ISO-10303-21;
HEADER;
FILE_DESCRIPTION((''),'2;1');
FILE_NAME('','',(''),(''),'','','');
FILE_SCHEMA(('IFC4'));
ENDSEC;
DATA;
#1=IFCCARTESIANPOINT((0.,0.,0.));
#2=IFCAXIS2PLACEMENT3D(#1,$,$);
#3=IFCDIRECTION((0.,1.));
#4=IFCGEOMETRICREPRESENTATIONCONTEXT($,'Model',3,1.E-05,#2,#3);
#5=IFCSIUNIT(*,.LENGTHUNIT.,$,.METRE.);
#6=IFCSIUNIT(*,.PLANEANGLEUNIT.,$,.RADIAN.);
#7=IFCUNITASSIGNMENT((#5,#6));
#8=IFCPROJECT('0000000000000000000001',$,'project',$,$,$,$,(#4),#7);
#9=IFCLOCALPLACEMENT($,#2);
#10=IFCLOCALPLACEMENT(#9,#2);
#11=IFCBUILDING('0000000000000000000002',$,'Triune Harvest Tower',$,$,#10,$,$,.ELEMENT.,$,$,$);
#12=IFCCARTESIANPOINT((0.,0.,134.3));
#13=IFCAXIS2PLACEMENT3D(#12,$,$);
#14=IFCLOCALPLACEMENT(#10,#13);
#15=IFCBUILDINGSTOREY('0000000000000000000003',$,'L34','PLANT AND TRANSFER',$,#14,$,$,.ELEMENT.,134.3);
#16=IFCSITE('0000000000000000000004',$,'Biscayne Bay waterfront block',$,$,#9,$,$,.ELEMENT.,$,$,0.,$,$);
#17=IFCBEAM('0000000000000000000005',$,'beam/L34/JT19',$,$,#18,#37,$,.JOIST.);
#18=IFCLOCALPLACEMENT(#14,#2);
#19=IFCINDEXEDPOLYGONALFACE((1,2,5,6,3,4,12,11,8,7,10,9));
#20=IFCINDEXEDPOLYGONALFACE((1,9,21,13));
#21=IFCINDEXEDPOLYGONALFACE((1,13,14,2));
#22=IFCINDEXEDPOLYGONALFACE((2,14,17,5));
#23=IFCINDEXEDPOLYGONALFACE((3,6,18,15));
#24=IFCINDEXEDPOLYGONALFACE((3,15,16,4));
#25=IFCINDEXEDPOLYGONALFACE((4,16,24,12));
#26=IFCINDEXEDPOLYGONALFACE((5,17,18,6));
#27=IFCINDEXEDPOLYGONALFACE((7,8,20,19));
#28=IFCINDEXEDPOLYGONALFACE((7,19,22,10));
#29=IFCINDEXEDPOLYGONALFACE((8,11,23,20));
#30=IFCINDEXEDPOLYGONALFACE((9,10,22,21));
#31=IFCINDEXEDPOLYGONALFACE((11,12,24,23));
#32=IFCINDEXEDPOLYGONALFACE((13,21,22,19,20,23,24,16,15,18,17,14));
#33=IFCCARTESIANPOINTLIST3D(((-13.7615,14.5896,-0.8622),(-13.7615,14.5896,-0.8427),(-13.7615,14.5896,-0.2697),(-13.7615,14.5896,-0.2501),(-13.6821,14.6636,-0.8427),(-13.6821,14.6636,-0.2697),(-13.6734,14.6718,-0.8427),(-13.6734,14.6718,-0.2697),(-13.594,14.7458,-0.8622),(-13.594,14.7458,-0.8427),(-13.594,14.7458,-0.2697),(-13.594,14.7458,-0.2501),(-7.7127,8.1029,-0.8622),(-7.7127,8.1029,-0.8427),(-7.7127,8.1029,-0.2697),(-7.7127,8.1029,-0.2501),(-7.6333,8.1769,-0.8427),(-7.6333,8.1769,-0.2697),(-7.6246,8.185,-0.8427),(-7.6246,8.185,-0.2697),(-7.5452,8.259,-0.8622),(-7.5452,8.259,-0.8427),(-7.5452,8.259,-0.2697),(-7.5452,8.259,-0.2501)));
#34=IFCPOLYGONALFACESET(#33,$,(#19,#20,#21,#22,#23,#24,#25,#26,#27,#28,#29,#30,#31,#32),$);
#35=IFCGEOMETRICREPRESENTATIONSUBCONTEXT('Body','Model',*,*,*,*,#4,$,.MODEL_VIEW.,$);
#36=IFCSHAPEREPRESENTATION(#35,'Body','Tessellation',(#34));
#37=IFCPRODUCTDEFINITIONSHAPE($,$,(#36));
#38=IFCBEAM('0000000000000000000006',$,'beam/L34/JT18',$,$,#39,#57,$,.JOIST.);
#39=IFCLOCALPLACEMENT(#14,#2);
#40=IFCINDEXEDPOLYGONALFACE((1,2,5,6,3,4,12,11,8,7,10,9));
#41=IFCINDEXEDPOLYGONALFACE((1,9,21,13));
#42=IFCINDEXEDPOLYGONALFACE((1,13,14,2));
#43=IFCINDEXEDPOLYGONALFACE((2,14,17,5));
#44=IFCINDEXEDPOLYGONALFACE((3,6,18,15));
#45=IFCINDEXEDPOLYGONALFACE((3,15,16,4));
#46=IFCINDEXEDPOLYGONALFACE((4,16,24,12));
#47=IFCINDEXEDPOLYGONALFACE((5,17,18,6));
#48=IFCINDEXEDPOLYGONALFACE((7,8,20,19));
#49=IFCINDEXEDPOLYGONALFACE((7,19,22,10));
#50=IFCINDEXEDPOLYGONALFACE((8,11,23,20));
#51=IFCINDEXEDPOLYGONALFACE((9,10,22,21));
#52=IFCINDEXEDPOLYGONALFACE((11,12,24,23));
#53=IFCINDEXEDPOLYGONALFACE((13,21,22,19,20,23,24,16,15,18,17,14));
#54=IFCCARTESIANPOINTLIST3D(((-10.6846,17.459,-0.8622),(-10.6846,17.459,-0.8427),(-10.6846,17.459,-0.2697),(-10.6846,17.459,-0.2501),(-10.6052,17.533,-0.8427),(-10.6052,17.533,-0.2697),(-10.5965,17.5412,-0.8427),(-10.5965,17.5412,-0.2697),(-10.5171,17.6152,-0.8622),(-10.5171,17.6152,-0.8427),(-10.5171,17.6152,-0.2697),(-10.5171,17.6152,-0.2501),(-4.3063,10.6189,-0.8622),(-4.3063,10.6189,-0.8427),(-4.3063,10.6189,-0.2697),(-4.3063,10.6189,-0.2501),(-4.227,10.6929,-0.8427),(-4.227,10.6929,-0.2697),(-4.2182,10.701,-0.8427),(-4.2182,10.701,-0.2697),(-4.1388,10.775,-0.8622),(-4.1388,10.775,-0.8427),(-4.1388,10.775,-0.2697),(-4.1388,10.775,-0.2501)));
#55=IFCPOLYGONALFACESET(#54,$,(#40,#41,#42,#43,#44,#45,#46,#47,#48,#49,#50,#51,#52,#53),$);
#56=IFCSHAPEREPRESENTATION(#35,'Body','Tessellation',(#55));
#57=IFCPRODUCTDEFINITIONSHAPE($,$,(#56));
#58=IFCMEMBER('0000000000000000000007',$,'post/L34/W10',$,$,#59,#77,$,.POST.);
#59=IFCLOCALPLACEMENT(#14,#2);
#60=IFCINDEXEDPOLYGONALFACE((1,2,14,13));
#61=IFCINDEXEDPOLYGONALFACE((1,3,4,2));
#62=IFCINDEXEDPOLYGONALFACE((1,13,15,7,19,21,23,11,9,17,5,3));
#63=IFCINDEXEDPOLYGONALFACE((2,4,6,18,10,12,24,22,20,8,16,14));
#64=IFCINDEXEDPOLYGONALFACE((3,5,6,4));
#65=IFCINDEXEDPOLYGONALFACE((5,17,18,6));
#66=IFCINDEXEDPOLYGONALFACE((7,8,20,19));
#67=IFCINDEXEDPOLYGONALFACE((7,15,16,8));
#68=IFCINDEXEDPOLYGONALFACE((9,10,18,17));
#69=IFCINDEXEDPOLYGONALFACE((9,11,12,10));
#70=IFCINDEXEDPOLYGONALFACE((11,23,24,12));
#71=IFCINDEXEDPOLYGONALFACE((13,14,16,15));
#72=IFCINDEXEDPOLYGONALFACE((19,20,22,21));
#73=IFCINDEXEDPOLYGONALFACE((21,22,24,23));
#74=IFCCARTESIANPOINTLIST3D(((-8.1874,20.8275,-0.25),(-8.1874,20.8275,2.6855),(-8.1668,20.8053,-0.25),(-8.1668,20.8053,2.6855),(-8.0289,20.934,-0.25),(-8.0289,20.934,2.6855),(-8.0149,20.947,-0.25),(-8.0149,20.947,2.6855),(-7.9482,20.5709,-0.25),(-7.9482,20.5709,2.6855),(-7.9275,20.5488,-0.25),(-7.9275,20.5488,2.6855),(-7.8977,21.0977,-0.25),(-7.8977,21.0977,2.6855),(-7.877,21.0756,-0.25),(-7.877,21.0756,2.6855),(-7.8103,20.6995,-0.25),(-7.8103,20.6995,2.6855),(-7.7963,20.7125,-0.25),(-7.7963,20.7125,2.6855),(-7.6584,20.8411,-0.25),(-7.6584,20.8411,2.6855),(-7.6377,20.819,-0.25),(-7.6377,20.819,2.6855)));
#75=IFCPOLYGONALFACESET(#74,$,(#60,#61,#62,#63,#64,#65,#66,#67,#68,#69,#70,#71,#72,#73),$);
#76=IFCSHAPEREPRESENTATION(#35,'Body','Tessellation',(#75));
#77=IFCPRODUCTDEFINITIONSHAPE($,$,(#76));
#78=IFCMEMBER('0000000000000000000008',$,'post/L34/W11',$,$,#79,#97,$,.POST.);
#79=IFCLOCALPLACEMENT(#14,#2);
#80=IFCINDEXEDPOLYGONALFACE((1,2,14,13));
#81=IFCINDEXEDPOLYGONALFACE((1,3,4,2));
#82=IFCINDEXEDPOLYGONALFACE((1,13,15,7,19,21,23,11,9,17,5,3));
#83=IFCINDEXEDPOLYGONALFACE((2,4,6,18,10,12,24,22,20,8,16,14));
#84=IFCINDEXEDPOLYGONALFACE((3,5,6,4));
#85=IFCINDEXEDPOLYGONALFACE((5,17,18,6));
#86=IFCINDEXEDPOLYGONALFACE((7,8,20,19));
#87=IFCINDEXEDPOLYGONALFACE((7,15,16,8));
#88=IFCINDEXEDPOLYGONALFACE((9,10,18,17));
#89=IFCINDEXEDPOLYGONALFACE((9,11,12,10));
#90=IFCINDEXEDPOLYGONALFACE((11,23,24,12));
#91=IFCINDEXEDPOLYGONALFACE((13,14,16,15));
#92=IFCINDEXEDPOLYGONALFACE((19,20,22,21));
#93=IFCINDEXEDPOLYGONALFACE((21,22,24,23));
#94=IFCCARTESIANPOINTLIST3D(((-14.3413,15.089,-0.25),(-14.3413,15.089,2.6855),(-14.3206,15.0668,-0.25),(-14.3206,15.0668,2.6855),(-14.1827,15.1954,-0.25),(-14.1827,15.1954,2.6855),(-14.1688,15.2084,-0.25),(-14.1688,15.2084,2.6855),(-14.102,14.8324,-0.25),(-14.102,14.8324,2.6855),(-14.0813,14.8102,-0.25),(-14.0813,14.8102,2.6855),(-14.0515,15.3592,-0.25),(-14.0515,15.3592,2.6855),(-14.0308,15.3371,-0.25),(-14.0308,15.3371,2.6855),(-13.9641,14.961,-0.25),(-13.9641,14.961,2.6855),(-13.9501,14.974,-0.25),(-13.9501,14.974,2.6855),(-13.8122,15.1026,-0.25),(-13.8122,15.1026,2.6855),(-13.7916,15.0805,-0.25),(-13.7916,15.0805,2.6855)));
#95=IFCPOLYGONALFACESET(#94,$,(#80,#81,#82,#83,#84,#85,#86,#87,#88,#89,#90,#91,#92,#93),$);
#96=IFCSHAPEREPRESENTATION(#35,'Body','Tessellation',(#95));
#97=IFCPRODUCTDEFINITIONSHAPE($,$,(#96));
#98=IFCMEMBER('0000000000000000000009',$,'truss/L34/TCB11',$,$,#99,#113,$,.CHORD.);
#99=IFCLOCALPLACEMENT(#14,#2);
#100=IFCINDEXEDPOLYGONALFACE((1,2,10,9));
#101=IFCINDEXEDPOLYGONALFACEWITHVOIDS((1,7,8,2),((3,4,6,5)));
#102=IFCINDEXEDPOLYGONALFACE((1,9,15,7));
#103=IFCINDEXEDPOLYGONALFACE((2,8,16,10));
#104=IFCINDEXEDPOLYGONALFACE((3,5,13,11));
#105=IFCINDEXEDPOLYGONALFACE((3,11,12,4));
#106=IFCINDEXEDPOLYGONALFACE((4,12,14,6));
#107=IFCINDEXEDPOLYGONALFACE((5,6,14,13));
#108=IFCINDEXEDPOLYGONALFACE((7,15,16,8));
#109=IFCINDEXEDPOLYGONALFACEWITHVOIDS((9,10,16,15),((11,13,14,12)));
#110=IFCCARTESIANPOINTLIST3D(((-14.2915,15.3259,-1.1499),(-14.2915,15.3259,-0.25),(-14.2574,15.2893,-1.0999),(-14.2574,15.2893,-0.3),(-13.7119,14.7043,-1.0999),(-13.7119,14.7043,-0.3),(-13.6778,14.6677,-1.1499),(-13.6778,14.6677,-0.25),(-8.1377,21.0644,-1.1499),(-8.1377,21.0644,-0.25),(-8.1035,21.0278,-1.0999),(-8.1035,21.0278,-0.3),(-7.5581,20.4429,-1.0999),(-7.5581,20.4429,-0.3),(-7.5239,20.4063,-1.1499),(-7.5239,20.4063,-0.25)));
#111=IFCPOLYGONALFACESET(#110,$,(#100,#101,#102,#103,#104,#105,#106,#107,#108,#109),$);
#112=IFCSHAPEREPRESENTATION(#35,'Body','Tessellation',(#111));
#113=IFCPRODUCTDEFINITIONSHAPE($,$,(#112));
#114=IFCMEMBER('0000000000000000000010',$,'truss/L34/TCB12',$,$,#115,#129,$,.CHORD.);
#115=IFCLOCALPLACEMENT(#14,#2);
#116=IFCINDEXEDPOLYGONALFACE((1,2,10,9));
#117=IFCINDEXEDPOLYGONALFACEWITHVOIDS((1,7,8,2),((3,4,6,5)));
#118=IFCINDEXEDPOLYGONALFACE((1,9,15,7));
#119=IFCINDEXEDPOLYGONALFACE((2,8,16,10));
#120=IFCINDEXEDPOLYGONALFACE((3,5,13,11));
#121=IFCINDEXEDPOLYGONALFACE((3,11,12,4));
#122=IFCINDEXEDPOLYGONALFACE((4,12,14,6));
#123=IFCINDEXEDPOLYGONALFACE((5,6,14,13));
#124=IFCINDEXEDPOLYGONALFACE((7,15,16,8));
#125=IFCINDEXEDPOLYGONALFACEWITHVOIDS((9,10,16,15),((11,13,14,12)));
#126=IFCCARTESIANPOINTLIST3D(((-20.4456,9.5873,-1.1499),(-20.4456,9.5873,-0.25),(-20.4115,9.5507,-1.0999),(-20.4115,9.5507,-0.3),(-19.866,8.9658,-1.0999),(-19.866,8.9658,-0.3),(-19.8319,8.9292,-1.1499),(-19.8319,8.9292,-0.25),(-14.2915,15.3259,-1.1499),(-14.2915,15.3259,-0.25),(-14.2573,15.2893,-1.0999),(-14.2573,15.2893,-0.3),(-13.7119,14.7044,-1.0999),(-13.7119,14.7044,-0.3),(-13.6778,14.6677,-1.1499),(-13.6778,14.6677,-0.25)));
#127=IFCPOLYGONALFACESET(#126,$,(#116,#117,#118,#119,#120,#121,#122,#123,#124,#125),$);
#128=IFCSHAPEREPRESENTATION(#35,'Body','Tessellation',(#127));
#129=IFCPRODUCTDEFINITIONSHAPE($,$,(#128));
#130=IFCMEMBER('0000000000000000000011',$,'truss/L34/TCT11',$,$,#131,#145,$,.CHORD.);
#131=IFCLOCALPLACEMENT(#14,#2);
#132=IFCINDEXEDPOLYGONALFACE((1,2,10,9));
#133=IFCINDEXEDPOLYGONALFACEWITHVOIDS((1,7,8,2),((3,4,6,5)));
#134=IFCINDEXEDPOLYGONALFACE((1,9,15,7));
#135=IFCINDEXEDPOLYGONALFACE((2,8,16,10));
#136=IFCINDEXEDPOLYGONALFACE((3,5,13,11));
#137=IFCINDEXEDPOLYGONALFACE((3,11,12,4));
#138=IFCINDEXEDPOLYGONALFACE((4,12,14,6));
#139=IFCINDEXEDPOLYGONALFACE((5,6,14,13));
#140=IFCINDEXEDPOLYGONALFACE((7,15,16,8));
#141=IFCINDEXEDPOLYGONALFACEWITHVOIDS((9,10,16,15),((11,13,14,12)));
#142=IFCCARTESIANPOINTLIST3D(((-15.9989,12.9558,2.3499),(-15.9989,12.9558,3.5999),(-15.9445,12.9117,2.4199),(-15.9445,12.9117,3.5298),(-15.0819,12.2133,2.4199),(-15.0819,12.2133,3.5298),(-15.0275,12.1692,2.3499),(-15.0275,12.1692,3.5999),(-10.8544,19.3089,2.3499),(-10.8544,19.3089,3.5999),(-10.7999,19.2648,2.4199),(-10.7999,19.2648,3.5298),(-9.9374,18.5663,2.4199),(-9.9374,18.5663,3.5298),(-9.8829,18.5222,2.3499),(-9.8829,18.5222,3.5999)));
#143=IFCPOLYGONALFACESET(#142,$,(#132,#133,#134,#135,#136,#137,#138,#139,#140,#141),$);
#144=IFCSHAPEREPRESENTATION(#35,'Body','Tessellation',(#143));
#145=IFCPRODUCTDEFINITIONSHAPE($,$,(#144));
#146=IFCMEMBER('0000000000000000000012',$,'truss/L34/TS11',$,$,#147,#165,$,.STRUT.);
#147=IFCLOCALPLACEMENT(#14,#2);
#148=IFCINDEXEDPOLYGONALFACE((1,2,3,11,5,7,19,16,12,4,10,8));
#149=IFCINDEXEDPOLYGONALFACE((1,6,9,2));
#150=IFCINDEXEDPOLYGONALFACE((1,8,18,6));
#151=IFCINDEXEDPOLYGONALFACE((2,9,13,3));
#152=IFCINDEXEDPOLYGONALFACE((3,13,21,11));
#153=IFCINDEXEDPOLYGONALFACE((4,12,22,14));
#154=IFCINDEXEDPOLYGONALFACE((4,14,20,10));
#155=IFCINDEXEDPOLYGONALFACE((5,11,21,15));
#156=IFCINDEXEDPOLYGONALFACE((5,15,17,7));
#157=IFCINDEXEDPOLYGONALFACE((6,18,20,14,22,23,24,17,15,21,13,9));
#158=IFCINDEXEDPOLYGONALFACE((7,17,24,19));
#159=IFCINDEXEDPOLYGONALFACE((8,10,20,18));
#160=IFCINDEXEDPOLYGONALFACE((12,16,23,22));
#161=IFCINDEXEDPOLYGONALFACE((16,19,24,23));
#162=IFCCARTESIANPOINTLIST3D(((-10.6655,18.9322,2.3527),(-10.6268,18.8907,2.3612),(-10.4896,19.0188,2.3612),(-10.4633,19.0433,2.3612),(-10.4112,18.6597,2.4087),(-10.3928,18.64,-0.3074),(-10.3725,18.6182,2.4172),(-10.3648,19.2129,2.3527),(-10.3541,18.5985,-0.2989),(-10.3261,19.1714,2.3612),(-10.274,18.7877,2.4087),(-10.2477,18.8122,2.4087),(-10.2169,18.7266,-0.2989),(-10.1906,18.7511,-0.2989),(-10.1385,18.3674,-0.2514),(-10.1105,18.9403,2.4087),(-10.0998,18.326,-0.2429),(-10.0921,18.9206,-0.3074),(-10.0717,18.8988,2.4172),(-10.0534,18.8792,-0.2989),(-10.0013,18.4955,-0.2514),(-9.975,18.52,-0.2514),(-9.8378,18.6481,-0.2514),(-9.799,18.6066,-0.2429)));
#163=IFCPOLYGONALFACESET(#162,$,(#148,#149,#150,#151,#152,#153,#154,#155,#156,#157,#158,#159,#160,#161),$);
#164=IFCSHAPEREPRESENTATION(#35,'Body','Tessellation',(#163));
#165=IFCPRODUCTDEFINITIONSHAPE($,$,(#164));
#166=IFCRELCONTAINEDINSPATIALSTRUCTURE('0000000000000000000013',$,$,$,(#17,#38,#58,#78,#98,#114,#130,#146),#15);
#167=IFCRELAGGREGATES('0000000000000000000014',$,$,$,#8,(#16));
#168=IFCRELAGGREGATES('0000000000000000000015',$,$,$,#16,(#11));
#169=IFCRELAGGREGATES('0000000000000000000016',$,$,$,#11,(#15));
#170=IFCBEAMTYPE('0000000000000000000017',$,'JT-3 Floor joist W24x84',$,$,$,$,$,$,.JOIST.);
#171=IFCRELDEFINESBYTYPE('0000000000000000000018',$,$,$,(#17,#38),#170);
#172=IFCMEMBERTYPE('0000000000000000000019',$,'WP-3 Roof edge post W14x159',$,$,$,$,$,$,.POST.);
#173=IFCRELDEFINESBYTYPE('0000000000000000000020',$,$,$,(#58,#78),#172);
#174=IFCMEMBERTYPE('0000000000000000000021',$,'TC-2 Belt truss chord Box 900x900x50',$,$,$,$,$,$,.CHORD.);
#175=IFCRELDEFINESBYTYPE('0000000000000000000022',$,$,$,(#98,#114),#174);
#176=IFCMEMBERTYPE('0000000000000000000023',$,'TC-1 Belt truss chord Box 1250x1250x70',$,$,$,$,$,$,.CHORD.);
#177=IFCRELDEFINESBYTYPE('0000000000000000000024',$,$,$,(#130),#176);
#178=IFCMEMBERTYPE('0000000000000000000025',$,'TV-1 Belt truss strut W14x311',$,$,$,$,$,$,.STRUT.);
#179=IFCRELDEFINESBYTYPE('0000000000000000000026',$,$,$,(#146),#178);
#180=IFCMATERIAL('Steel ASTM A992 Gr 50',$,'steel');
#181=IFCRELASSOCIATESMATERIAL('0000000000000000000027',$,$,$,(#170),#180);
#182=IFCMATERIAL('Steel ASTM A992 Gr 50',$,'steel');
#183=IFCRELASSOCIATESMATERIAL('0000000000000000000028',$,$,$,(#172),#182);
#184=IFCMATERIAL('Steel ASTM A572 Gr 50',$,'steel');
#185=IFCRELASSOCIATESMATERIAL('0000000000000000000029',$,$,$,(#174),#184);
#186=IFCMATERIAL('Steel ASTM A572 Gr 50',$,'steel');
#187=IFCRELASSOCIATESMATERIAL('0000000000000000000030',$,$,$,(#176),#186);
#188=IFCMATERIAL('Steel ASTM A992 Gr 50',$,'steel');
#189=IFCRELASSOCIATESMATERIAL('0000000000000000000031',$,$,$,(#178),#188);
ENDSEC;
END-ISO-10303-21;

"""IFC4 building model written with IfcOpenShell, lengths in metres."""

from ifc_helpers import new_model, si_unit, direction, frame, origin, origin_2d, place, context, subcontext, project, spatial, hollow_rectangle, i_section, extrude, source, transform, mapped, material, material_profile, profile_set, type_object, element, save


model = new_model("IFC4")

# Units and contexts
model_context = context("Model", 3, precision=1e-05, world=origin(), true_north=direction((0.0, 1.0)))
body_context = subcontext(model_context, "Body", "Model", "MODEL_VIEW")
ifc_project = project(units=[si_unit("LENGTHUNIT", "METRE"), si_unit("PLANEANGLEUNIT", "RADIAN")], contexts=[model_context])

# Site, building, storey
site_placement = place(None, origin())
site = spatial("IfcSite", under=ifc_project, at=site_placement, Name="Biscayne Bay waterfront block", CompositionType="ELEMENT", RefElevation=0.0)
building_placement = place(site_placement, origin())
building = spatial("IfcBuilding", under=site, at=building_placement, Name="Triune Harvest Tower", CompositionType="ELEMENT")
storey_placement = place(building_placement, frame((0.0, 0.0, 134.3)))
storey = spatial("IfcBuildingStorey", under=building, at=storey_placement, Name="L34", Description="PLANT AND TRANSFER", CompositionType="ELEMENT", Elevation=134.3)

# Beams
ifc_material_1 = material(Name="Steel ASTM A992 Gr 50", Category="steel")
ifc_material_profile_1 = material_profile(ifc_material_1, i_section(OverallWidth=0.229, OverallDepth=0.6121, WebThickness=0.012, FlangeThickness=0.0195, at=origin_2d()), Name="W24x84")
ifc_profile_set_1 = profile_set([ifc_material_profile_1], Name="Steel ASTM A992 Gr 50")
beam_type = type_object("IfcBeamType", Name="JT-3 Floor joist W24x84", PredefinedType="JOIST", material=ifc_profile_set_1)
beam_1_placement = place(storey_placement, frame((-13.6777, 14.6677, -0.5562), z_axis=(0.681985, -0.731366, 0.0), x_axis=(0.731366, 0.681985, 0.0)))
element("IfcBeam", 1, at=beam_1_placement, inside=storey, type_object=beam_type, Name="beam/L34/JT19", PredefinedType="JOIST", context=body_context, shape_type="SweptSolid", body=[
    extrude(i_section(OverallWidth=0.229, OverallDepth=0.6121, WebThickness=0.012, FlangeThickness=0.0195, at=origin_2d()), origin(), (0.0, 0.0, 1.0), 8.8694),
])
shared_shape_1 = source(origin(), body_context, "Body", "SweptSolid", [
    extrude(i_section(OverallWidth=0.229, OverallDepth=0.6121, WebThickness=0.012, FlangeThickness=0.0195, at=origin_2d()), origin(), (0.0, 0.0, 1.0), 9.3525),
])
beam_2_placement = place(storey_placement, frame((-10.6008, 17.5371, -0.5562), z_axis=(0.681981, -0.73137, 0.0), x_axis=(0.73137, 0.681981, 0.0)))
element("IfcBeam", 2, at=beam_2_placement, inside=storey, type_object=beam_type, Name="beam/L34/JT18", PredefinedType="JOIST", context=body_context, shape_type="MappedRepresentation", body=[
    mapped(shared_shape_1, transform((0.0, 0.0, 0.0), scale=1.0)),
])

# Members
ifc_material_2 = material(Name="Steel ASTM A992 Gr 50", Category="steel")
ifc_material_profile_2 = material_profile(ifc_material_2, i_section(OverallWidth=0.3962, OverallDepth=0.3811, WebThickness=0.019, FlangeThickness=0.0303, at=origin_2d()), Name="W14x159")
ifc_profile_set_2 = profile_set([ifc_material_profile_2], Name="Steel ASTM A992 Gr 50")
member_type_1 = type_object("IfcMemberType", Name="WP-3 Roof edge post W14x159", PredefinedType="POST", material=ifc_profile_set_2)
shared_shape_2 = source(origin(), body_context, "Body", "SweptSolid", [
    extrude(i_section(OverallWidth=0.3962, OverallDepth=0.3811, WebThickness=0.019, FlangeThickness=0.0303, at=origin_2d()), origin(), (0.0, 0.0, 1.0), 2.9355),
])
for number, where, z_axis, x_axis, name in (
    (3, (-7.9126, 20.8232, -0.25), (0.0, 0.0, 1.0), (-0.731355, -0.681997, 0.0), "post/L34/W10"),
    (4, (-14.0664, 15.0847, -0.25), (0.0, 0.0, 1.0), (-0.731355, -0.681997, 0.0), "post/L34/W11"),
):
    element("IfcMember", number, at=place(storey_placement, frame(where, z_axis=z_axis, x_axis=x_axis)), inside=storey, type_object=member_type_1, Name=name, PredefinedType="POST", context=body_context, shape_type="MappedRepresentation", body=[
        mapped(shared_shape_2, transform((0.0, 0.0, 0.0), scale=1.0)),
    ])
ifc_material_3 = material(Name="Steel ASTM A572 Gr 50", Category="steel")
ifc_material_profile_3 = material_profile(ifc_material_3, hollow_rectangle(XDim=0.8999, YDim=0.8999, WallThickness=0.05, at=origin_2d()), Name="Box 900x900x50")
ifc_profile_set_3 = profile_set([ifc_material_profile_3], Name="Steel ASTM A572 Gr 50")
member_type_2 = type_object("IfcMemberType", Name="TC-2 Belt truss chord Box 900x900x50", PredefinedType="CHORD", material=ifc_profile_set_3)
shared_shape_3 = source(origin(), body_context, "Body", "SweptSolid", [
    extrude(hollow_rectangle(XDim=0.8999, YDim=0.8999, WallThickness=0.05, at=origin_2d()), origin(), (0.0, 0.0, 1.0), 8.4143),
])
member_1_placement = place(storey_placement, frame((-7.8308, 20.7354, -0.7), z_axis=(-0.731353, -0.681999, 0.0), x_axis=(0.681999, -0.731353, 0.0)))
element("IfcMember", 5, at=member_1_placement, inside=storey, type_object=member_type_2, Name="truss/L34/TCB11", PredefinedType="CHORD", context=body_context, shape_type="MappedRepresentation", body=[
    mapped(shared_shape_3, transform((0.0, 0.0, 0.0), scale=1.0)),
])
shared_shape_4 = source(origin(), body_context, "Body", "SweptSolid", [
    extrude(hollow_rectangle(XDim=0.8999, YDim=0.8999, WallThickness=0.05, at=origin_2d()), origin(), (0.0, 0.0, 1.0), 8.4146),
])
member_2_placement = place(storey_placement, frame((-13.9846, 14.9968, -0.7), z_axis=(-0.731367, -0.681984, 0.0), x_axis=(0.681984, -0.731367, 0.0)))
element("IfcMember", 6, at=member_2_placement, inside=storey, type_object=member_type_2, Name="truss/L34/TCB12", PredefinedType="CHORD", context=body_context, shape_type="MappedRepresentation", body=[
    mapped(shared_shape_4, transform((0.0, 0.0, 0.0), scale=1.0)),
])
ifc_material_4 = material(Name="Steel ASTM A572 Gr 50", Category="steel")
ifc_material_profile_4 = material_profile(ifc_material_4, hollow_rectangle(XDim=1.25, YDim=1.25, WallThickness=0.0701, at=origin_2d()), Name="Box 1250x1250x70")
ifc_profile_set_4 = profile_set([ifc_material_profile_4], Name="Steel ASTM A572 Gr 50")
member_type_3 = type_object("IfcMemberType", Name="TC-1 Belt truss chord Box 1250x1250x70", PredefinedType="CHORD", material=ifc_profile_set_4)
shared_shape_5 = source(origin(), body_context, "Body", "SweptSolid", [
    extrude(hollow_rectangle(XDim=1.25, YDim=1.25, WallThickness=0.0701, at=origin_2d()), origin(), (0.0, 0.0, 1.0), 8.1748),
])
member_3_placement = place(storey_placement, frame((-10.3687, 18.9155, 2.9749), z_axis=(-0.629317, -0.777149, 0.0), x_axis=(0.777149, -0.629317, 0.0)))
element("IfcMember", 7, at=member_3_placement, inside=storey, type_object=member_type_3, Name="truss/L34/TCT11", PredefinedType="CHORD", context=body_context, shape_type="MappedRepresentation", body=[
    mapped(shared_shape_5, transform((0.0, 0.0, 0.0), scale=1.0)),
])
ifc_material_5 = material(Name="Steel ASTM A992 Gr 50", Category="steel")
ifc_material_profile_5 = material_profile(ifc_material_5, i_section(OverallWidth=0.4114, OverallDepth=0.4343, WebThickness=0.0359, FlangeThickness=0.0574, at=origin_2d()), Name="W14x311")
ifc_profile_set_5 = profile_set([ifc_material_profile_5], Name="Steel ASTM A992 Gr 50")
member_type_4 = type_object("IfcMemberType", Name="TV-1 Belt truss strut W14x311", PredefinedType="STRUT", material=ifc_profile_set_5)
shared_shape_6 = source(origin(), body_context, "Body", "SweptSolid", [
    extrude(i_section(OverallWidth=0.4114, OverallDepth=0.4343, WebThickness=0.0359, FlangeThickness=0.0574, at=origin_2d()), origin(), (0.0, 0.0, 1.0), 2.6899),
])
member_4_placement = place(storey_placement, frame((-10.0959, 18.6233, -0.2751), z_axis=(-0.101377, 0.108637, 0.988899), x_axis=(-0.731116, -0.682253, 0.0)))
element("IfcMember", 8, at=member_4_placement, inside=storey, type_object=member_type_4, Name="truss/L34/TS11", PredefinedType="STRUT", context=body_context, shape_type="MappedRepresentation", body=[
    mapped(shared_shape_6, transform((0.0, 0.0, 0.0), scale=1.0)),
])

save(model, "model.ifc")
